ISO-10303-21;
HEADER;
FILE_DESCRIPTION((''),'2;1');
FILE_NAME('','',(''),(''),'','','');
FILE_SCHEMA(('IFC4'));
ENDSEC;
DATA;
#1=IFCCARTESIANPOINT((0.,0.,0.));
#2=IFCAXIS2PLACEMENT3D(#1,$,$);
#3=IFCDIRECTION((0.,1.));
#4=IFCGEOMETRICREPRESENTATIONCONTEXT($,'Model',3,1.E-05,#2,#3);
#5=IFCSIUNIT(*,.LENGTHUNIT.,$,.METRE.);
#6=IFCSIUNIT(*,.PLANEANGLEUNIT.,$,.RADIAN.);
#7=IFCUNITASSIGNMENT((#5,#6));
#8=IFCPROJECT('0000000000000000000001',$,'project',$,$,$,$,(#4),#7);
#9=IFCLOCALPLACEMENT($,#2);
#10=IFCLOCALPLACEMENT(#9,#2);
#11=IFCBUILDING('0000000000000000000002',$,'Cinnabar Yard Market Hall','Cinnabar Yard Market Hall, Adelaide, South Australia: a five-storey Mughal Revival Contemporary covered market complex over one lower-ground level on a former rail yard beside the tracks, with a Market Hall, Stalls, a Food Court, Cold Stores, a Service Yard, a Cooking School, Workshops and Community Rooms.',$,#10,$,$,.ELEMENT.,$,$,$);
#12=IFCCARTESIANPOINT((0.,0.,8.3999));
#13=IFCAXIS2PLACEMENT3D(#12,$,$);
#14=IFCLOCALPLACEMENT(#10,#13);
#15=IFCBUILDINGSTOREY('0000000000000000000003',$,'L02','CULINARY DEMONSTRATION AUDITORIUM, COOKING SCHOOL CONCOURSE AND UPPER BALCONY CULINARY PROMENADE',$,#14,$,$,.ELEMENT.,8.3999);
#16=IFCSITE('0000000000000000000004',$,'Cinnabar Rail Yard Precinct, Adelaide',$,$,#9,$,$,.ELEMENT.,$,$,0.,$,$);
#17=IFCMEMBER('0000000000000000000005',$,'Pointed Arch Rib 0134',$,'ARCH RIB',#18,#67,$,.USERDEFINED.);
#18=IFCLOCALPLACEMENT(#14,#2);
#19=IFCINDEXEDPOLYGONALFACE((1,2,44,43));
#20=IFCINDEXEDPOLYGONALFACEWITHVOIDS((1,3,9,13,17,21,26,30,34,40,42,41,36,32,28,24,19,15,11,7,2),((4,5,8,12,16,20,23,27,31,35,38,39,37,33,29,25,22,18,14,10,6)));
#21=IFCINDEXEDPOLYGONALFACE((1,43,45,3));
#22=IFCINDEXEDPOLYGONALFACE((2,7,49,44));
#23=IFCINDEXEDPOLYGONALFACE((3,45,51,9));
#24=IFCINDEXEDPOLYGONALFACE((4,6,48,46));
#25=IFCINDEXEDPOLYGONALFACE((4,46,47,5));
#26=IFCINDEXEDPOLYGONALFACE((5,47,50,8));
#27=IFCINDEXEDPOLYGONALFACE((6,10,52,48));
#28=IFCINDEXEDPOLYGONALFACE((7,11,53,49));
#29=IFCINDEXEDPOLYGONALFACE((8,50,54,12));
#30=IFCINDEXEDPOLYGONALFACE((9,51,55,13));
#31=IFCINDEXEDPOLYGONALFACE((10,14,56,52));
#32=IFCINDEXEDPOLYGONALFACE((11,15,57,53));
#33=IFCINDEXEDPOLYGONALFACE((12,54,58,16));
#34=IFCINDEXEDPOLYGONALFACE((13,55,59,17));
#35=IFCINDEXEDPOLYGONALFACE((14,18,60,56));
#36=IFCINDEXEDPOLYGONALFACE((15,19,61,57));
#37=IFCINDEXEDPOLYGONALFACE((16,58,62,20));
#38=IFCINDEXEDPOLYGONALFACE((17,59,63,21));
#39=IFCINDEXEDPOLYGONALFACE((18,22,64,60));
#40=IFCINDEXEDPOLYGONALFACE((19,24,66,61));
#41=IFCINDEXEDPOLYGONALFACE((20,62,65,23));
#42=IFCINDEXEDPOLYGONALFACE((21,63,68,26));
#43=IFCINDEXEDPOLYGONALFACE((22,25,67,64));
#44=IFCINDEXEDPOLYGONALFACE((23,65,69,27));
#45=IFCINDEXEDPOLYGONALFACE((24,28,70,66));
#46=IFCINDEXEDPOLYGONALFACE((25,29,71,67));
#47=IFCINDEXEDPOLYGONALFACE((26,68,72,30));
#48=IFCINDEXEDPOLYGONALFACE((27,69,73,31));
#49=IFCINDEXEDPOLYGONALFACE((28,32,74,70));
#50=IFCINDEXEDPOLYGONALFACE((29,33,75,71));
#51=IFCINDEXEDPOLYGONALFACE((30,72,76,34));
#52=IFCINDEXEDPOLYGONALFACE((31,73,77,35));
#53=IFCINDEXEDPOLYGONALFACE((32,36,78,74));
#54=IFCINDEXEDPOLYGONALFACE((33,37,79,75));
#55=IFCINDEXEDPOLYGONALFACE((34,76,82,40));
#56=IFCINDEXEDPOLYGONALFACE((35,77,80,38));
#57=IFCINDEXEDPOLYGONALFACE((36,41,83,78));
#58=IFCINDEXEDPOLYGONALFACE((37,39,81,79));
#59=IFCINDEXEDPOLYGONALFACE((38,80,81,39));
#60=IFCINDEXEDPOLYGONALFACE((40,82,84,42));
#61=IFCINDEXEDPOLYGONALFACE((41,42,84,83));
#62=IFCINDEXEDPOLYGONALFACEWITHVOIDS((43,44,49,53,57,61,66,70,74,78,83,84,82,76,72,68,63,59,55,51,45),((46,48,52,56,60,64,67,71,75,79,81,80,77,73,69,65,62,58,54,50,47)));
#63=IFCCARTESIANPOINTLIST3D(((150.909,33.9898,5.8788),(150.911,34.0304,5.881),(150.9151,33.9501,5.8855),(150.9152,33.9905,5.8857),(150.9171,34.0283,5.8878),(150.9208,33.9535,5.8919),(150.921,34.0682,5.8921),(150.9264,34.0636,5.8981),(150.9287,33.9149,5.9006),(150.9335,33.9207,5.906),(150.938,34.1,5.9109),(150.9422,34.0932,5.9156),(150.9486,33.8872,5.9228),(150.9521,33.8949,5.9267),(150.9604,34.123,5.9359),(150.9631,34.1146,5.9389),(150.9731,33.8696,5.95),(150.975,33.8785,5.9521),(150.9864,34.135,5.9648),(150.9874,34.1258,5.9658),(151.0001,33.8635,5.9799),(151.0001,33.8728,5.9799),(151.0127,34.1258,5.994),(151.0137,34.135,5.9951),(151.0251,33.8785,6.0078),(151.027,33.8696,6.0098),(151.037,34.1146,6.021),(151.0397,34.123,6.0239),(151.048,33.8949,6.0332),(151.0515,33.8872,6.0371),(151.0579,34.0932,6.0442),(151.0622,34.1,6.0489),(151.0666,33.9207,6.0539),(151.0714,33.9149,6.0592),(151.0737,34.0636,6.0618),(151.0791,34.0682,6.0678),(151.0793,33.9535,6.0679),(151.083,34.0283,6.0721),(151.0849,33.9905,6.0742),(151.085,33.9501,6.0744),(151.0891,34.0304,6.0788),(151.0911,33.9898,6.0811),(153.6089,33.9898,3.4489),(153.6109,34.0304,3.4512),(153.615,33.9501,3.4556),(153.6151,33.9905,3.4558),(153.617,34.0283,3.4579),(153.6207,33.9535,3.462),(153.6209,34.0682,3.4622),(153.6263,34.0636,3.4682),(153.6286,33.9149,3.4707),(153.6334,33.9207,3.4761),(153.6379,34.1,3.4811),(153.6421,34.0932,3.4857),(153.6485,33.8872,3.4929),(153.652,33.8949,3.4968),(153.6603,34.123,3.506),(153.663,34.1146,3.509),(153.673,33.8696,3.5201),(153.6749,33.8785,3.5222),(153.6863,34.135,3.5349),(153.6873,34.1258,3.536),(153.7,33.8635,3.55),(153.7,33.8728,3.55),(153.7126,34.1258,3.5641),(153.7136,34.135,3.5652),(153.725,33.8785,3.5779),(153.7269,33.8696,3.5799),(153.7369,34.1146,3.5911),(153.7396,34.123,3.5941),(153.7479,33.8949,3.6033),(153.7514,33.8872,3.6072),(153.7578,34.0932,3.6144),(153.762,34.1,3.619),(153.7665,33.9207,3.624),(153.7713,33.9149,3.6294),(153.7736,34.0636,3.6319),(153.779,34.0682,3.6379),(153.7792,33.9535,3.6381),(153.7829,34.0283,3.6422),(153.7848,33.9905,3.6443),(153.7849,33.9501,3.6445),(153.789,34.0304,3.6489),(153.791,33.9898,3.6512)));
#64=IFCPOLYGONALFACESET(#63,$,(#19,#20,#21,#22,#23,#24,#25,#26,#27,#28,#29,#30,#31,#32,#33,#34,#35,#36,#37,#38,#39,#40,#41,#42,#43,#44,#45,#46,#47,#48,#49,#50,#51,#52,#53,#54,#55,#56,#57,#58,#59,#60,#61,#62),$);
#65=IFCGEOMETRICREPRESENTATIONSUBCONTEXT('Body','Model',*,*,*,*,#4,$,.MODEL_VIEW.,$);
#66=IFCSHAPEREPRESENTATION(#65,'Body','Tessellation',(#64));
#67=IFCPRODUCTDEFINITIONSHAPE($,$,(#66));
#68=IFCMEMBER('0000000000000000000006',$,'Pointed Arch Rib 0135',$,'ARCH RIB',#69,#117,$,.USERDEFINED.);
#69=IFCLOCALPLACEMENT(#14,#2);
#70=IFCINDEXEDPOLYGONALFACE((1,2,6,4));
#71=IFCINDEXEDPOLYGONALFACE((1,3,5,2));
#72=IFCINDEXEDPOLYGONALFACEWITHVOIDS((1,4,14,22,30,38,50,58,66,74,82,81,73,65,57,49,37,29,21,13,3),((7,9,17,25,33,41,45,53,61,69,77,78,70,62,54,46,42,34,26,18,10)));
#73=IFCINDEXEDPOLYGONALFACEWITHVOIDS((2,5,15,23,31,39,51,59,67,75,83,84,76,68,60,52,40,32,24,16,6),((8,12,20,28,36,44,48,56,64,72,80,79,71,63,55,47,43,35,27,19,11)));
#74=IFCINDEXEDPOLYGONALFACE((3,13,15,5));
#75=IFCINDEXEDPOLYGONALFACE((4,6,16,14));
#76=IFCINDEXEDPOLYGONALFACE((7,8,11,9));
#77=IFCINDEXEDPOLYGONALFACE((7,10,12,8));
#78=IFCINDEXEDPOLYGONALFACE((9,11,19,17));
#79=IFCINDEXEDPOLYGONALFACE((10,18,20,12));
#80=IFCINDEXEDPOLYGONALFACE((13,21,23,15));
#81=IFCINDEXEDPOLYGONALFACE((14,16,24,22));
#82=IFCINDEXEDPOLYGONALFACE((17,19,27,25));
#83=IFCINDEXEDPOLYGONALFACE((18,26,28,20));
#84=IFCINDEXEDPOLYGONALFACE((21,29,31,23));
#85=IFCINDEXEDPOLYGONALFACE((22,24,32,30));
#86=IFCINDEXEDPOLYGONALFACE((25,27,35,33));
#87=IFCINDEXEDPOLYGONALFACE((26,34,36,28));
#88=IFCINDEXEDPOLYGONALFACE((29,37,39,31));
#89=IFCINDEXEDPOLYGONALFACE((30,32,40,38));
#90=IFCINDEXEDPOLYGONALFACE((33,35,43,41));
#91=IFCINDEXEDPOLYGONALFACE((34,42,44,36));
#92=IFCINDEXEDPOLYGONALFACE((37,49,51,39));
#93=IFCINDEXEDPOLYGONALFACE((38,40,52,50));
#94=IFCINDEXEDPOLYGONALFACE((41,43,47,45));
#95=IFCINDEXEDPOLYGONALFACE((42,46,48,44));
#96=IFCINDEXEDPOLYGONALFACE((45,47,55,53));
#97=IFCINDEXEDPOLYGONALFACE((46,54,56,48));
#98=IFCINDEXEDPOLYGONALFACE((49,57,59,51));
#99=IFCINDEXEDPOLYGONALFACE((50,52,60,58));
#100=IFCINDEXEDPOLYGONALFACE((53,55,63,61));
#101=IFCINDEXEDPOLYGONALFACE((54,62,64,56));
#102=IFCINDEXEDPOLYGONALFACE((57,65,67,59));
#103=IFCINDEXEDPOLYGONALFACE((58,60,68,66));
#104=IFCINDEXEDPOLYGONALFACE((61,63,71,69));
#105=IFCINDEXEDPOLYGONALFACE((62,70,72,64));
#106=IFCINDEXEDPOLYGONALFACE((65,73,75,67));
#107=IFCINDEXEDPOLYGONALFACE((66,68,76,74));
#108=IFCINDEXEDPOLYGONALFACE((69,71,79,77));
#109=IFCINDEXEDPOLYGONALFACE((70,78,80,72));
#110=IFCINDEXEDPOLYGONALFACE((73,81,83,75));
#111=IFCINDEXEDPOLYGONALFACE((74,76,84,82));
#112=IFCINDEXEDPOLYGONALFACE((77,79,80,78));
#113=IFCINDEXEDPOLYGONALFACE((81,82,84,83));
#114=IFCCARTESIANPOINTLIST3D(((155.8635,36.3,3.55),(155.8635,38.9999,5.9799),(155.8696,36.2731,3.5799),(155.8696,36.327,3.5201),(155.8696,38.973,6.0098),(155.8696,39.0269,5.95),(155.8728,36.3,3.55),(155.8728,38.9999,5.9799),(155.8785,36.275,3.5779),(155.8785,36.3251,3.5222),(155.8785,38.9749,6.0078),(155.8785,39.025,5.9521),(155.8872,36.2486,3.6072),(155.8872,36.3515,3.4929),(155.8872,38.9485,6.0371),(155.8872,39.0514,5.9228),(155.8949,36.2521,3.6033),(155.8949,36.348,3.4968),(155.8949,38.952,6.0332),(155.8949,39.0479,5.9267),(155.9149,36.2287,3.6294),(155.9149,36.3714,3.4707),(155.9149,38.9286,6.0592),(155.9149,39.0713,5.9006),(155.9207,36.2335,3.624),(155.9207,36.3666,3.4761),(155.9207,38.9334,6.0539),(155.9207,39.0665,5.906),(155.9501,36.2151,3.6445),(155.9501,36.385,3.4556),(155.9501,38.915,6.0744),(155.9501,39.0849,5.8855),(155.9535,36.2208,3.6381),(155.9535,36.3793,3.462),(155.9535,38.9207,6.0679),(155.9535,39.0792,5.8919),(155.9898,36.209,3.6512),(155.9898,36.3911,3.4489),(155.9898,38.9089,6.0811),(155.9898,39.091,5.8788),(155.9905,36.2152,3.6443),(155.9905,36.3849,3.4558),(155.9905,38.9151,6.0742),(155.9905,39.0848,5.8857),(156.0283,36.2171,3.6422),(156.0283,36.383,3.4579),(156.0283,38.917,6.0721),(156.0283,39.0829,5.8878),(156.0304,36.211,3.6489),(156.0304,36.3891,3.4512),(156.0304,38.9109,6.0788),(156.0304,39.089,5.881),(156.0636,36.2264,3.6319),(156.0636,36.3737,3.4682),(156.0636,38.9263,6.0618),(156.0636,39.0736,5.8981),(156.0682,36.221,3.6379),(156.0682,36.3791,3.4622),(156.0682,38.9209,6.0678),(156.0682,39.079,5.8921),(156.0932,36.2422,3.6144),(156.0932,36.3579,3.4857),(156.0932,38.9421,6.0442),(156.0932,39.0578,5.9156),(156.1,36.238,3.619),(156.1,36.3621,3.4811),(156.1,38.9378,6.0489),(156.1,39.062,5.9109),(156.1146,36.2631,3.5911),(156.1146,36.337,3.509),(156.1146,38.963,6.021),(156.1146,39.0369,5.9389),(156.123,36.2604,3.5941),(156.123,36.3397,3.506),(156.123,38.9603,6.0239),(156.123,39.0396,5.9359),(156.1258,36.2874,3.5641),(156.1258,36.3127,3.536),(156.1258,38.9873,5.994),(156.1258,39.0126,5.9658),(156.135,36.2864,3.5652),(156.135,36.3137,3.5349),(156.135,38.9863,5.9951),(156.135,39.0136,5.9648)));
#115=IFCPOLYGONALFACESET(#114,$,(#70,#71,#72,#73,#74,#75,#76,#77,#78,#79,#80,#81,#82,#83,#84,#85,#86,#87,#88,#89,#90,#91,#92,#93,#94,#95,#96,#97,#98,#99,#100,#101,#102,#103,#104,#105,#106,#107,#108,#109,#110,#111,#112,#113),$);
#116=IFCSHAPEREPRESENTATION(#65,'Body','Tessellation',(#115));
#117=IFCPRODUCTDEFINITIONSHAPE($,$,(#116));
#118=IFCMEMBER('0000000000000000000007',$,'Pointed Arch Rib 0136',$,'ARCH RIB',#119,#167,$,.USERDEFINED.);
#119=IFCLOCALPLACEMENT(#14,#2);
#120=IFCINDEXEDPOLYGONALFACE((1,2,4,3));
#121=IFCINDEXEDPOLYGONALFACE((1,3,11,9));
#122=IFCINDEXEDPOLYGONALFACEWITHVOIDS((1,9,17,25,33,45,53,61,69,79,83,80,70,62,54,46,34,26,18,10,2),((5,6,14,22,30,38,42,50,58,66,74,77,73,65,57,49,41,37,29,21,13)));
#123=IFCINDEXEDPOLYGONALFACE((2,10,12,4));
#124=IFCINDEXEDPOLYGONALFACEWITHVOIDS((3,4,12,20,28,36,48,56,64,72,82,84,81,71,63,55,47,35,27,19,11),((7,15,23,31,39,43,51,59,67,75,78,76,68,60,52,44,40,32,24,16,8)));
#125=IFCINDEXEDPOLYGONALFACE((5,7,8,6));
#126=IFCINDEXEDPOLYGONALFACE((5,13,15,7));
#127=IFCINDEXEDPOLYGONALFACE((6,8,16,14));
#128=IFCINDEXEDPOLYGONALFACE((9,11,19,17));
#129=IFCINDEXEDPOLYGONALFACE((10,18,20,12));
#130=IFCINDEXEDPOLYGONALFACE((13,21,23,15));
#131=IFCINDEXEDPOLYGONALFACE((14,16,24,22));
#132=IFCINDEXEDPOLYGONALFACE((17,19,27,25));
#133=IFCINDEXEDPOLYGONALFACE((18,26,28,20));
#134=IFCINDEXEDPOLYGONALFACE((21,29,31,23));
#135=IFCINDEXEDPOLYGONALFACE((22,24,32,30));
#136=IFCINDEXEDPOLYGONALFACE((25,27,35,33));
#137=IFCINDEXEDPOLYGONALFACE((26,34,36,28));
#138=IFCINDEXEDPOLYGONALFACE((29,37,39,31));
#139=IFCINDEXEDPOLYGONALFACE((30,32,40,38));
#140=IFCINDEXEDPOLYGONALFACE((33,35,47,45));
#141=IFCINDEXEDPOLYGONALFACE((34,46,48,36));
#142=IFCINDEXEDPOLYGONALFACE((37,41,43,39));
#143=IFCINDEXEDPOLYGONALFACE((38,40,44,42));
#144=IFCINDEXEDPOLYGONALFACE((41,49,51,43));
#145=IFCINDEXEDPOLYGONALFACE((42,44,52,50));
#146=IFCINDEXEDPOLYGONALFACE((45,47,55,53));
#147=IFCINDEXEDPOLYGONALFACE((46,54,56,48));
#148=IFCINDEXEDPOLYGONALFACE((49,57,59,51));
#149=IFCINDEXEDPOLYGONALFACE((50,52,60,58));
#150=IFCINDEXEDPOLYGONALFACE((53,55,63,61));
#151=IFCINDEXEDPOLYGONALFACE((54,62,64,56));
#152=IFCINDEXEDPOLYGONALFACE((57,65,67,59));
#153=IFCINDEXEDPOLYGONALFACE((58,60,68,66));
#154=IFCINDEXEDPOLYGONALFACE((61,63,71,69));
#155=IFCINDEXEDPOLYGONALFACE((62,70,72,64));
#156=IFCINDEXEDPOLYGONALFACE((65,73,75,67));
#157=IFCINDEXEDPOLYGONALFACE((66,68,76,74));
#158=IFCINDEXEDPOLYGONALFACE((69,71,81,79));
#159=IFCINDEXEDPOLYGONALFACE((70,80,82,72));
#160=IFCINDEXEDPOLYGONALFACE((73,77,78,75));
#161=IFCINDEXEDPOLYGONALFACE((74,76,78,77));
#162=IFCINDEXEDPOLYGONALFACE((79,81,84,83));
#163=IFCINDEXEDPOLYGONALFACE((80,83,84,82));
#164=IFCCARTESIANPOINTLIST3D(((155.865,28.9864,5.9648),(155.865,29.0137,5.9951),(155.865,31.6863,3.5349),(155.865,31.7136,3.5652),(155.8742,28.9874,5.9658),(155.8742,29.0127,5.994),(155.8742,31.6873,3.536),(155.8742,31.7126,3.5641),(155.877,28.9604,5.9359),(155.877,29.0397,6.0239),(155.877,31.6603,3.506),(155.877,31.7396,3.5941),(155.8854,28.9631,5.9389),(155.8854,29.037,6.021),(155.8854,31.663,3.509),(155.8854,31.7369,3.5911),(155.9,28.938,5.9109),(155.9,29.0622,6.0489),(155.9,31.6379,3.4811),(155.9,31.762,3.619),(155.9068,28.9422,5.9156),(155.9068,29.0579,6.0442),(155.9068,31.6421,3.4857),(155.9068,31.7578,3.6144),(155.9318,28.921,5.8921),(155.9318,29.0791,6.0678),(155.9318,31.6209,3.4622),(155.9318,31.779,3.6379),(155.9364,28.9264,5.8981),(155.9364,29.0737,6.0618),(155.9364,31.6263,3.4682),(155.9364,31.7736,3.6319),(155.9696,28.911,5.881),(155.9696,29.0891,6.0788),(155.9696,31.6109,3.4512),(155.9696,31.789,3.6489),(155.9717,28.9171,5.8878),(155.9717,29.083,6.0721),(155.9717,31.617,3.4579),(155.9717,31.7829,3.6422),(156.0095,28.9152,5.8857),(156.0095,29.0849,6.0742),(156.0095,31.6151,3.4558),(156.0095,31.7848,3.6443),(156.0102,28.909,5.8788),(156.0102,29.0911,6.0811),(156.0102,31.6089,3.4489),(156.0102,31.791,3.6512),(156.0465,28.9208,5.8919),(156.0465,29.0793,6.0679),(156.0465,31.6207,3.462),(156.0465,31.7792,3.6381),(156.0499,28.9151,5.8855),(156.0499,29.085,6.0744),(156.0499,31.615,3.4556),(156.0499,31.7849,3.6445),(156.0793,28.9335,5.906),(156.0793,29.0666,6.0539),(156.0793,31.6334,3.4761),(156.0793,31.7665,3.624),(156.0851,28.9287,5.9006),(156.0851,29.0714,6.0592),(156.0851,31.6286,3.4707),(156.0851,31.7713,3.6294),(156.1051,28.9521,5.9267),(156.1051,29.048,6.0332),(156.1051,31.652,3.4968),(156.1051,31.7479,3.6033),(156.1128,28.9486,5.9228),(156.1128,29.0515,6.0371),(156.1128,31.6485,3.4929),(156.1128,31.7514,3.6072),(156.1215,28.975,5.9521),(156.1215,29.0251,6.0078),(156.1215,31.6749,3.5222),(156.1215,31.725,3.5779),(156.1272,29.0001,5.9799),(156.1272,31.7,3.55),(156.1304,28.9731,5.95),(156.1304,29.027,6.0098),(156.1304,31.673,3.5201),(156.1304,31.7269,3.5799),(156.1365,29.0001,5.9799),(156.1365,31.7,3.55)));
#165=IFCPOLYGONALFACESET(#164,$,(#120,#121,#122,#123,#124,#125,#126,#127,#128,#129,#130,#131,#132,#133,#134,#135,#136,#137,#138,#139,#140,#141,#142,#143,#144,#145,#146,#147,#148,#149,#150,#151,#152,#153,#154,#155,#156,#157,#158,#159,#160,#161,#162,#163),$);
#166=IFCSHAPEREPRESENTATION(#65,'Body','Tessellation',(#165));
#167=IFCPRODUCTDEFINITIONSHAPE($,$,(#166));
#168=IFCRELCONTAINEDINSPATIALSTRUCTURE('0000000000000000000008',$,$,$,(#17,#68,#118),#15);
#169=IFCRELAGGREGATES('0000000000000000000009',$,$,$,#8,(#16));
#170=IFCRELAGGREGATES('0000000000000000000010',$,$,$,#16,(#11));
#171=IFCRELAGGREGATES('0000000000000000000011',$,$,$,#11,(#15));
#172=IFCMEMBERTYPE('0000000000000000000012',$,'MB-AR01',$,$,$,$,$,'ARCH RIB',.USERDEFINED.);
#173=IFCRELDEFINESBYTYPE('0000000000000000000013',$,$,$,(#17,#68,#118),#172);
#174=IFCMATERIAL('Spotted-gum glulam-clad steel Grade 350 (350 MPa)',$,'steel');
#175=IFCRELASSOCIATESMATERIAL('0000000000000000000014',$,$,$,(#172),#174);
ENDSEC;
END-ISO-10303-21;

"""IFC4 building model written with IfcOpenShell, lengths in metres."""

from ifc_helpers import new_model, si_unit, direction, frame, origin, origin_2d_with_axis, place, context, subcontext, project, spatial, hollow_circle, extrude, material, material_profile, profile_set, type_object, element, save


model = new_model("IFC4")

# Units and contexts
model_context = context("Model", 3, precision=1e-05, world=origin(), true_north=direction((0.0, 1.0)))
body_context = subcontext(model_context, "Body", "Model", "MODEL_VIEW")
ifc_project = project(units=[si_unit("LENGTHUNIT", "METRE"), si_unit("PLANEANGLEUNIT", "RADIAN")], contexts=[model_context])

# Site, building, storey
site_placement = place(None, origin())
site = spatial("IfcSite", under=ifc_project, at=site_placement, Name="Cinnabar Rail Yard Precinct, Adelaide", CompositionType="ELEMENT", RefElevation=0.0)
building_placement = place(site_placement, origin())
building = spatial("IfcBuilding", under=site, at=building_placement, Name="Cinnabar Yard Market Hall", Description="Cinnabar Yard Market Hall, Adelaide, South Australia: a five-storey Mughal Revival Contemporary covered market complex over one lower-ground level on a former rail yard beside the tracks, with a Market Hall, Stalls, a Food Court, Cold Stores, a Service Yard, a Cooking School, Workshops and Community Rooms.", CompositionType="ELEMENT")
storey_placement = place(building_placement, frame((0.0, 0.0, 8.3999)))
storey = spatial("IfcBuildingStorey", under=building, at=storey_placement, Name="L02", Description="CULINARY DEMONSTRATION AUDITORIUM, COOKING SCHOOL CONCOURSE AND UPPER BALCONY CULINARY PROMENADE", CompositionType="ELEMENT", Elevation=8.3999)

# Shared definitions
ifc_material_1 = material(Name="Spotted-gum glulam-clad steel Grade 350 (350 MPa)", Category="steel")

# Members
ifc_material_profile_1 = material_profile(ifc_material_1, hollow_circle(Radius=0.1365, WallThickness=0.0093, at=origin_2d_with_axis()), Name="273.1x9.3CHS")
ifc_profile_set_1 = profile_set([ifc_material_profile_1], Name="Spotted-gum glulam-clad steel Grade 350 (350 MPa)")
member_type_1 = type_object("IfcMemberType", Name="MB-AR01", ElementType="ARCH RIB", PredefinedType="USERDEFINED", material=ifc_profile_set_1)
for number, where, z_axis, x_axis, name in (
    (1, (153.7, 34.0, 3.55), (-0.743297, 0.0, 0.668961), (0.0, -1.0, 0.0), "Pointed Arch Rib 0134"),
    (2, (156.0, 36.3, 3.55), (0.0, 0.743297, 0.668961), (-1.0, 0.0, 0.0), "Pointed Arch Rib 0135"),
    (3, (156.0, 31.7, 3.55), (0.0, -0.743297, 0.668961), (1.0, 0.0, 0.0), "Pointed Arch Rib 0136"),
):
    element("IfcMember", number, at=place(storey_placement, frame(where, z_axis=z_axis, x_axis=x_axis)), inside=storey, type_object=member_type_1, Name=name, ObjectType="ARCH RIB", PredefinedType="USERDEFINED", context=body_context, shape_type="SweptSolid", body=[
        extrude(hollow_circle(Radius=0.1365, WallThickness=0.0093, at=origin_2d_with_axis()), origin(), (0.0, 0.0, 1.0), 3.6323),
    ])

save(model, "model.ifc")
